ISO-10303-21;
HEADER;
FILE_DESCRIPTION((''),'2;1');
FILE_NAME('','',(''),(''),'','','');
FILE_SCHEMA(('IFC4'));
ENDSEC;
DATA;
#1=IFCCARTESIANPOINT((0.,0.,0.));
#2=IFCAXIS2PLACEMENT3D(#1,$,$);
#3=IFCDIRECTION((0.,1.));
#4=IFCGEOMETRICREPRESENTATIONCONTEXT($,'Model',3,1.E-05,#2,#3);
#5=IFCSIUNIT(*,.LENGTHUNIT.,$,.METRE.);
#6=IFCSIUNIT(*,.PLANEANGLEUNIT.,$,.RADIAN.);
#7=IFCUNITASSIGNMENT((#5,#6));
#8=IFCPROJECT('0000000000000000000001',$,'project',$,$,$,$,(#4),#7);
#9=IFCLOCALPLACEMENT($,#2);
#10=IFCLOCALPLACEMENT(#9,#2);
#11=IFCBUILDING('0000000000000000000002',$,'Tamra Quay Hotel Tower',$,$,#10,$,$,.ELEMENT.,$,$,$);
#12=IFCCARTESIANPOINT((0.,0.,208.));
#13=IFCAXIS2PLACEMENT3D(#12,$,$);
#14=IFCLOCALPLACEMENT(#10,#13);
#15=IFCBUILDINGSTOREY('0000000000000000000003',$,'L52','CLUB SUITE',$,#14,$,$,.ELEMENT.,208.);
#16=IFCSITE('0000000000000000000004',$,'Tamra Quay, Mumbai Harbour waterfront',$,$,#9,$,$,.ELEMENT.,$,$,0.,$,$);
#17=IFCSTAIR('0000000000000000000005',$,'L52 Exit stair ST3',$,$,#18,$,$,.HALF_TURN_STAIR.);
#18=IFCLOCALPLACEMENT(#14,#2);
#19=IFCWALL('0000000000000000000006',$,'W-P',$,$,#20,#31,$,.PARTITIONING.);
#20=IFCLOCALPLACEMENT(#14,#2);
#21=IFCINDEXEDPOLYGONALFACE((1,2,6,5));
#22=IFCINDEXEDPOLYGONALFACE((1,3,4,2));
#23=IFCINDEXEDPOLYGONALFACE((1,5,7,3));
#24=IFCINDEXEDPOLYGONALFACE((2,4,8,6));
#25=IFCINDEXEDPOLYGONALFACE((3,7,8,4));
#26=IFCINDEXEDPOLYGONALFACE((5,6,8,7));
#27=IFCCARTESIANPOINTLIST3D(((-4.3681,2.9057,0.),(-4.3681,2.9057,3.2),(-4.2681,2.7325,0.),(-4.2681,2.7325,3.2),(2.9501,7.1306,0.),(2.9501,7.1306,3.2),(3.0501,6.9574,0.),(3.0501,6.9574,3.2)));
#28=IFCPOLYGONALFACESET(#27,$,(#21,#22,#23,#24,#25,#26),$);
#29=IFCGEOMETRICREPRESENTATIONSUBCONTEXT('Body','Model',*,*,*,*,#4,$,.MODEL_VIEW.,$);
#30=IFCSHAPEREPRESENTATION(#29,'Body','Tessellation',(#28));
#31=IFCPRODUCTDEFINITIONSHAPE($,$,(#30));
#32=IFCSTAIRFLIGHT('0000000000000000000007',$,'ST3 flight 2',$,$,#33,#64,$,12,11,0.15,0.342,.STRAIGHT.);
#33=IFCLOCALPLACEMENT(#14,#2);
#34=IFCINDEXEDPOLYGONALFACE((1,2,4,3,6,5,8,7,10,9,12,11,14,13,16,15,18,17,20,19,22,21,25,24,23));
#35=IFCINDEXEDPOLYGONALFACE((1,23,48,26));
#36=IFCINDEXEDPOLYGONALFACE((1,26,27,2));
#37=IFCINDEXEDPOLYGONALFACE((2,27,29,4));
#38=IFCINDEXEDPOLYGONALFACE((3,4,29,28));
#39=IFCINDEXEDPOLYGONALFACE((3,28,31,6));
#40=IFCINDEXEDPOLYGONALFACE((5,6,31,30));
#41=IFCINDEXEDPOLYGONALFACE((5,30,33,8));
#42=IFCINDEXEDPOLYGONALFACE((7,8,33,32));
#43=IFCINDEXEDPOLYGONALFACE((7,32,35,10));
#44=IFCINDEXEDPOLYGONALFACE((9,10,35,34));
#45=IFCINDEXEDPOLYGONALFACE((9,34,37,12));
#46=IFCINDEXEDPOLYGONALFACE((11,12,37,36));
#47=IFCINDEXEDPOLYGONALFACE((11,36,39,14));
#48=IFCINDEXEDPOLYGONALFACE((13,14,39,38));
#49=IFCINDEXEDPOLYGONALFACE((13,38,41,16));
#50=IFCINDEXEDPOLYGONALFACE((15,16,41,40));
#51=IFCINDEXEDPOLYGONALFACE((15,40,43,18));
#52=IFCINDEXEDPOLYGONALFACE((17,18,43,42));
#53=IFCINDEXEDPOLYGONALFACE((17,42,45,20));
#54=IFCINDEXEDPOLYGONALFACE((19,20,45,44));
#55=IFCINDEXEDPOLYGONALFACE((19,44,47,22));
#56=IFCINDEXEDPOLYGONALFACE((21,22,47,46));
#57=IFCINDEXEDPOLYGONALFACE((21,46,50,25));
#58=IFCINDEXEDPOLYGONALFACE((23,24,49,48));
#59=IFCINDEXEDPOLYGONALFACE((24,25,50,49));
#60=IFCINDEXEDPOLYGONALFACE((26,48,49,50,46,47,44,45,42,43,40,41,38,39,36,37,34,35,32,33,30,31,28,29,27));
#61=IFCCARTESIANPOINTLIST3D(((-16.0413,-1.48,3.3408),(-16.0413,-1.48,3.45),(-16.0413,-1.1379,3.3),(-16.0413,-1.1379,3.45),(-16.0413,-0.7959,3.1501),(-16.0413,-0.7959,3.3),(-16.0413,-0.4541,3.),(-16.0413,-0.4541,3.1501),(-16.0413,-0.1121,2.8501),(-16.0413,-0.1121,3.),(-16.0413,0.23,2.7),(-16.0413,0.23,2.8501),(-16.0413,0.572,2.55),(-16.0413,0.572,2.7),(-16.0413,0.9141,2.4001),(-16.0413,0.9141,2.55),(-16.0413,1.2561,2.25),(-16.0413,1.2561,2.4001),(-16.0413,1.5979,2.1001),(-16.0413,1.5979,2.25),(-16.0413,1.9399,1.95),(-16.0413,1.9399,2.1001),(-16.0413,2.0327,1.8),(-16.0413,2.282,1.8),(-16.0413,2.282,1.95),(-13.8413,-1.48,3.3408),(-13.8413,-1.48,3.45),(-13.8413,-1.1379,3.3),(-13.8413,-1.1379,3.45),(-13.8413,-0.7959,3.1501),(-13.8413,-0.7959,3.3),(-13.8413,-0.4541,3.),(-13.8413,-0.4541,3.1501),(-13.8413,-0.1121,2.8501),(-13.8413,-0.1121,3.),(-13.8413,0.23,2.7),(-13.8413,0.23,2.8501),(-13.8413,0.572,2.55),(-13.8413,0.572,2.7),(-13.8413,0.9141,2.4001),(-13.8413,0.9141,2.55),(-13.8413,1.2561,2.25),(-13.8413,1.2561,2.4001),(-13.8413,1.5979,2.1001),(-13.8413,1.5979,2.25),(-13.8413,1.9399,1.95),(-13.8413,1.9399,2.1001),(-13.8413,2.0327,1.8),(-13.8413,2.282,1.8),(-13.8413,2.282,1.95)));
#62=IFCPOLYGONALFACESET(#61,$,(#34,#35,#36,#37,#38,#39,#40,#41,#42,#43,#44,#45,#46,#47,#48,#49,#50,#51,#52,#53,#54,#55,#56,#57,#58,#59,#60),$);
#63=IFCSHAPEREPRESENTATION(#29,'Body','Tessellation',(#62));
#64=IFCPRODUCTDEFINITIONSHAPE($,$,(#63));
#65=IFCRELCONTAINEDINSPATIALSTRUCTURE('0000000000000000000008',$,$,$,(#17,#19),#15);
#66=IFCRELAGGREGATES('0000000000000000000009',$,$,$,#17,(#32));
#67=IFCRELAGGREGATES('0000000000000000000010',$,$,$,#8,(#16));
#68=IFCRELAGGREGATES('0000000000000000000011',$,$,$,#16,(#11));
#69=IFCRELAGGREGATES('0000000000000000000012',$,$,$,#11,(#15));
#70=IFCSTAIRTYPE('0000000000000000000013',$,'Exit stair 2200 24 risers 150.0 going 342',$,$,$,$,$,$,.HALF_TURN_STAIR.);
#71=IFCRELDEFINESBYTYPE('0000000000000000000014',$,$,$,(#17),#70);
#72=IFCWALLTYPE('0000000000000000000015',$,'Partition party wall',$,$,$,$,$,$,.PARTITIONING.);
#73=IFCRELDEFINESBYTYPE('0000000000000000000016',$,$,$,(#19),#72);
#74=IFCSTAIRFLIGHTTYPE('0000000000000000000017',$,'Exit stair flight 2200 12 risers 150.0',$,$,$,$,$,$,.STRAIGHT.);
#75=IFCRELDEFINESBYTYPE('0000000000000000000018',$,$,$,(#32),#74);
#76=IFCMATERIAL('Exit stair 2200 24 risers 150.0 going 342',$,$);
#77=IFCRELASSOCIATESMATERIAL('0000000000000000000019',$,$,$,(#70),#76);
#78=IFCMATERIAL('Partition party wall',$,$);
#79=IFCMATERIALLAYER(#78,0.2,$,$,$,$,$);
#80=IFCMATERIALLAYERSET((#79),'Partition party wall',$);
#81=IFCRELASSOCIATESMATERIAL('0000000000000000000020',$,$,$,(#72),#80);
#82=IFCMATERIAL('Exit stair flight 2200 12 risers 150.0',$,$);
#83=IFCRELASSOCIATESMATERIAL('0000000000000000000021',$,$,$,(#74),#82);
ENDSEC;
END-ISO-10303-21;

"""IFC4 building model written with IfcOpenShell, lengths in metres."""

from ifc_helpers import new_model, si_unit, direction, frame, frame_2d, origin, place, context, subcontext, project, spatial, polyline, rectangle, outline, extrude, material, layer, layer_set, type_object, element, aggregate, save


model = new_model("IFC4")

# Units and contexts
model_context = context("Model", 3, precision=1e-05, world=origin(), true_north=direction((0.0, 1.0)))
body_context = subcontext(model_context, "Body", "Model", "MODEL_VIEW")
ifc_project = project(units=[si_unit("LENGTHUNIT", "METRE"), si_unit("PLANEANGLEUNIT", "RADIAN")], contexts=[model_context])

# Site, building, storey
site_placement = place(None, origin())
site = spatial("IfcSite", under=ifc_project, at=site_placement, Name="Tamra Quay, Mumbai Harbour waterfront", CompositionType="ELEMENT", RefElevation=0.0)
building_placement = place(site_placement, origin())
building = spatial("IfcBuilding", under=site, at=building_placement, Name="Tamra Quay Hotel Tower", CompositionType="ELEMENT")
storey_placement = place(building_placement, frame((0.0, 0.0, 208.0)))
storey = spatial("IfcBuildingStorey", under=building, at=storey_placement, Name="L52", Description="CLUB SUITE", CompositionType="ELEMENT", Elevation=208.0)

# Stair
ifc_material_1 = material(Name="Exit stair 2200 24 risers 150.0 going 342")
stair_type = type_object("IfcStairType", Name="Exit stair 2200 24 risers 150.0 going 342", PredefinedType="HALF_TURN_STAIR", material=ifc_material_1)
stair_1_placement = place(storey_placement, origin())
stair_1 = element("IfcStair", 1, at=stair_1_placement, inside=storey, type_object=stair_type, Name="L52 Exit stair ST3", PredefinedType="HALF_TURN_STAIR")

# Wall
ifc_material_2 = material(Name="Partition party wall")
ifc_layer_1 = layer(ifc_material_2, 0.2)
ifc_layer_set_1 = layer_set([ifc_layer_1], Name="Partition party wall")
wall_type_1 = type_object("IfcWallType", Name="Partition party wall", PredefinedType="PARTITIONING", material=ifc_layer_set_1)
wall_1_placement = place(storey_placement, frame((-4.3181, 2.8191, 0.0), z_axis=(0.0, 0.0, 1.0), x_axis=(0.866039, 0.499977, 0.0)))
element("IfcWall", 2, at=wall_1_placement, inside=storey, type_object=wall_type_1, Name="W-P", PredefinedType="PARTITIONING", context=body_context, shape_type="SweptSolid", body=[
    extrude(rectangle(XDim=8.4502, YDim=0.2, at=frame_2d((4.2251, 0.0))), origin(), (0.0, 0.0, 1.0), 3.2),
])

# Stair flight
ifc_material_3 = material(Name="Exit stair flight 2200 12 risers 150.0")
stair_flight_type = type_object("IfcStairFlightType", Name="Exit stair flight 2200 12 risers 150.0", PredefinedType="STRAIGHT", material=ifc_material_3)
stair_flight_placement = place(storey_placement, frame((-14.9414, 2.282, 1.8), z_axis=(0.0, 0.0, 1.0), x_axis=(0.0, -1.0, 0.0)))
stair_flight = element("IfcStairFlight", 3, at=stair_flight_placement, type_object=stair_flight_type, Name="ST3 flight 2", NumberOfRisers=12, NumberOfTreads=11, PredefinedType="STRAIGHT", RiserHeight=0.15, TreadLength=0.342, context=body_context, shape_type="SweptSolid", body=[
    extrude(outline(polyline([(0.0, 0.0), (0.0, 0.1499), (0.342, 0.1499), (0.342, 0.3), (0.6841, 0.3), (0.6841, 0.45), (1.0259, 0.45), (1.0259, 0.6001), (1.3679, 0.6001), (1.3679, 0.75), (1.71, 0.75), (1.71, 0.8999), (2.052, 0.8999), (2.052, 1.05), (2.394, 1.05), (2.394, 1.2), (2.7361, 1.2), (2.7361, 1.3501), (3.0779, 1.3501), (3.0779, 1.5), (3.4199, 1.5), (3.4199, 1.6499), (3.762, 1.6499), (3.762, 1.8), (3.762, 1.5408), (0.2493, 0.0), (0.0, 0.0)])), frame((0.0, 1.1001, 0.0), z_axis=(0.0, -1.0, 0.0), x_axis=(1.0, 0.0, 0.0)), (0.0, 0.0, 1.0), 2.2),
])
aggregate(stair_1, [stair_flight])

save(model, "model.ifc")
